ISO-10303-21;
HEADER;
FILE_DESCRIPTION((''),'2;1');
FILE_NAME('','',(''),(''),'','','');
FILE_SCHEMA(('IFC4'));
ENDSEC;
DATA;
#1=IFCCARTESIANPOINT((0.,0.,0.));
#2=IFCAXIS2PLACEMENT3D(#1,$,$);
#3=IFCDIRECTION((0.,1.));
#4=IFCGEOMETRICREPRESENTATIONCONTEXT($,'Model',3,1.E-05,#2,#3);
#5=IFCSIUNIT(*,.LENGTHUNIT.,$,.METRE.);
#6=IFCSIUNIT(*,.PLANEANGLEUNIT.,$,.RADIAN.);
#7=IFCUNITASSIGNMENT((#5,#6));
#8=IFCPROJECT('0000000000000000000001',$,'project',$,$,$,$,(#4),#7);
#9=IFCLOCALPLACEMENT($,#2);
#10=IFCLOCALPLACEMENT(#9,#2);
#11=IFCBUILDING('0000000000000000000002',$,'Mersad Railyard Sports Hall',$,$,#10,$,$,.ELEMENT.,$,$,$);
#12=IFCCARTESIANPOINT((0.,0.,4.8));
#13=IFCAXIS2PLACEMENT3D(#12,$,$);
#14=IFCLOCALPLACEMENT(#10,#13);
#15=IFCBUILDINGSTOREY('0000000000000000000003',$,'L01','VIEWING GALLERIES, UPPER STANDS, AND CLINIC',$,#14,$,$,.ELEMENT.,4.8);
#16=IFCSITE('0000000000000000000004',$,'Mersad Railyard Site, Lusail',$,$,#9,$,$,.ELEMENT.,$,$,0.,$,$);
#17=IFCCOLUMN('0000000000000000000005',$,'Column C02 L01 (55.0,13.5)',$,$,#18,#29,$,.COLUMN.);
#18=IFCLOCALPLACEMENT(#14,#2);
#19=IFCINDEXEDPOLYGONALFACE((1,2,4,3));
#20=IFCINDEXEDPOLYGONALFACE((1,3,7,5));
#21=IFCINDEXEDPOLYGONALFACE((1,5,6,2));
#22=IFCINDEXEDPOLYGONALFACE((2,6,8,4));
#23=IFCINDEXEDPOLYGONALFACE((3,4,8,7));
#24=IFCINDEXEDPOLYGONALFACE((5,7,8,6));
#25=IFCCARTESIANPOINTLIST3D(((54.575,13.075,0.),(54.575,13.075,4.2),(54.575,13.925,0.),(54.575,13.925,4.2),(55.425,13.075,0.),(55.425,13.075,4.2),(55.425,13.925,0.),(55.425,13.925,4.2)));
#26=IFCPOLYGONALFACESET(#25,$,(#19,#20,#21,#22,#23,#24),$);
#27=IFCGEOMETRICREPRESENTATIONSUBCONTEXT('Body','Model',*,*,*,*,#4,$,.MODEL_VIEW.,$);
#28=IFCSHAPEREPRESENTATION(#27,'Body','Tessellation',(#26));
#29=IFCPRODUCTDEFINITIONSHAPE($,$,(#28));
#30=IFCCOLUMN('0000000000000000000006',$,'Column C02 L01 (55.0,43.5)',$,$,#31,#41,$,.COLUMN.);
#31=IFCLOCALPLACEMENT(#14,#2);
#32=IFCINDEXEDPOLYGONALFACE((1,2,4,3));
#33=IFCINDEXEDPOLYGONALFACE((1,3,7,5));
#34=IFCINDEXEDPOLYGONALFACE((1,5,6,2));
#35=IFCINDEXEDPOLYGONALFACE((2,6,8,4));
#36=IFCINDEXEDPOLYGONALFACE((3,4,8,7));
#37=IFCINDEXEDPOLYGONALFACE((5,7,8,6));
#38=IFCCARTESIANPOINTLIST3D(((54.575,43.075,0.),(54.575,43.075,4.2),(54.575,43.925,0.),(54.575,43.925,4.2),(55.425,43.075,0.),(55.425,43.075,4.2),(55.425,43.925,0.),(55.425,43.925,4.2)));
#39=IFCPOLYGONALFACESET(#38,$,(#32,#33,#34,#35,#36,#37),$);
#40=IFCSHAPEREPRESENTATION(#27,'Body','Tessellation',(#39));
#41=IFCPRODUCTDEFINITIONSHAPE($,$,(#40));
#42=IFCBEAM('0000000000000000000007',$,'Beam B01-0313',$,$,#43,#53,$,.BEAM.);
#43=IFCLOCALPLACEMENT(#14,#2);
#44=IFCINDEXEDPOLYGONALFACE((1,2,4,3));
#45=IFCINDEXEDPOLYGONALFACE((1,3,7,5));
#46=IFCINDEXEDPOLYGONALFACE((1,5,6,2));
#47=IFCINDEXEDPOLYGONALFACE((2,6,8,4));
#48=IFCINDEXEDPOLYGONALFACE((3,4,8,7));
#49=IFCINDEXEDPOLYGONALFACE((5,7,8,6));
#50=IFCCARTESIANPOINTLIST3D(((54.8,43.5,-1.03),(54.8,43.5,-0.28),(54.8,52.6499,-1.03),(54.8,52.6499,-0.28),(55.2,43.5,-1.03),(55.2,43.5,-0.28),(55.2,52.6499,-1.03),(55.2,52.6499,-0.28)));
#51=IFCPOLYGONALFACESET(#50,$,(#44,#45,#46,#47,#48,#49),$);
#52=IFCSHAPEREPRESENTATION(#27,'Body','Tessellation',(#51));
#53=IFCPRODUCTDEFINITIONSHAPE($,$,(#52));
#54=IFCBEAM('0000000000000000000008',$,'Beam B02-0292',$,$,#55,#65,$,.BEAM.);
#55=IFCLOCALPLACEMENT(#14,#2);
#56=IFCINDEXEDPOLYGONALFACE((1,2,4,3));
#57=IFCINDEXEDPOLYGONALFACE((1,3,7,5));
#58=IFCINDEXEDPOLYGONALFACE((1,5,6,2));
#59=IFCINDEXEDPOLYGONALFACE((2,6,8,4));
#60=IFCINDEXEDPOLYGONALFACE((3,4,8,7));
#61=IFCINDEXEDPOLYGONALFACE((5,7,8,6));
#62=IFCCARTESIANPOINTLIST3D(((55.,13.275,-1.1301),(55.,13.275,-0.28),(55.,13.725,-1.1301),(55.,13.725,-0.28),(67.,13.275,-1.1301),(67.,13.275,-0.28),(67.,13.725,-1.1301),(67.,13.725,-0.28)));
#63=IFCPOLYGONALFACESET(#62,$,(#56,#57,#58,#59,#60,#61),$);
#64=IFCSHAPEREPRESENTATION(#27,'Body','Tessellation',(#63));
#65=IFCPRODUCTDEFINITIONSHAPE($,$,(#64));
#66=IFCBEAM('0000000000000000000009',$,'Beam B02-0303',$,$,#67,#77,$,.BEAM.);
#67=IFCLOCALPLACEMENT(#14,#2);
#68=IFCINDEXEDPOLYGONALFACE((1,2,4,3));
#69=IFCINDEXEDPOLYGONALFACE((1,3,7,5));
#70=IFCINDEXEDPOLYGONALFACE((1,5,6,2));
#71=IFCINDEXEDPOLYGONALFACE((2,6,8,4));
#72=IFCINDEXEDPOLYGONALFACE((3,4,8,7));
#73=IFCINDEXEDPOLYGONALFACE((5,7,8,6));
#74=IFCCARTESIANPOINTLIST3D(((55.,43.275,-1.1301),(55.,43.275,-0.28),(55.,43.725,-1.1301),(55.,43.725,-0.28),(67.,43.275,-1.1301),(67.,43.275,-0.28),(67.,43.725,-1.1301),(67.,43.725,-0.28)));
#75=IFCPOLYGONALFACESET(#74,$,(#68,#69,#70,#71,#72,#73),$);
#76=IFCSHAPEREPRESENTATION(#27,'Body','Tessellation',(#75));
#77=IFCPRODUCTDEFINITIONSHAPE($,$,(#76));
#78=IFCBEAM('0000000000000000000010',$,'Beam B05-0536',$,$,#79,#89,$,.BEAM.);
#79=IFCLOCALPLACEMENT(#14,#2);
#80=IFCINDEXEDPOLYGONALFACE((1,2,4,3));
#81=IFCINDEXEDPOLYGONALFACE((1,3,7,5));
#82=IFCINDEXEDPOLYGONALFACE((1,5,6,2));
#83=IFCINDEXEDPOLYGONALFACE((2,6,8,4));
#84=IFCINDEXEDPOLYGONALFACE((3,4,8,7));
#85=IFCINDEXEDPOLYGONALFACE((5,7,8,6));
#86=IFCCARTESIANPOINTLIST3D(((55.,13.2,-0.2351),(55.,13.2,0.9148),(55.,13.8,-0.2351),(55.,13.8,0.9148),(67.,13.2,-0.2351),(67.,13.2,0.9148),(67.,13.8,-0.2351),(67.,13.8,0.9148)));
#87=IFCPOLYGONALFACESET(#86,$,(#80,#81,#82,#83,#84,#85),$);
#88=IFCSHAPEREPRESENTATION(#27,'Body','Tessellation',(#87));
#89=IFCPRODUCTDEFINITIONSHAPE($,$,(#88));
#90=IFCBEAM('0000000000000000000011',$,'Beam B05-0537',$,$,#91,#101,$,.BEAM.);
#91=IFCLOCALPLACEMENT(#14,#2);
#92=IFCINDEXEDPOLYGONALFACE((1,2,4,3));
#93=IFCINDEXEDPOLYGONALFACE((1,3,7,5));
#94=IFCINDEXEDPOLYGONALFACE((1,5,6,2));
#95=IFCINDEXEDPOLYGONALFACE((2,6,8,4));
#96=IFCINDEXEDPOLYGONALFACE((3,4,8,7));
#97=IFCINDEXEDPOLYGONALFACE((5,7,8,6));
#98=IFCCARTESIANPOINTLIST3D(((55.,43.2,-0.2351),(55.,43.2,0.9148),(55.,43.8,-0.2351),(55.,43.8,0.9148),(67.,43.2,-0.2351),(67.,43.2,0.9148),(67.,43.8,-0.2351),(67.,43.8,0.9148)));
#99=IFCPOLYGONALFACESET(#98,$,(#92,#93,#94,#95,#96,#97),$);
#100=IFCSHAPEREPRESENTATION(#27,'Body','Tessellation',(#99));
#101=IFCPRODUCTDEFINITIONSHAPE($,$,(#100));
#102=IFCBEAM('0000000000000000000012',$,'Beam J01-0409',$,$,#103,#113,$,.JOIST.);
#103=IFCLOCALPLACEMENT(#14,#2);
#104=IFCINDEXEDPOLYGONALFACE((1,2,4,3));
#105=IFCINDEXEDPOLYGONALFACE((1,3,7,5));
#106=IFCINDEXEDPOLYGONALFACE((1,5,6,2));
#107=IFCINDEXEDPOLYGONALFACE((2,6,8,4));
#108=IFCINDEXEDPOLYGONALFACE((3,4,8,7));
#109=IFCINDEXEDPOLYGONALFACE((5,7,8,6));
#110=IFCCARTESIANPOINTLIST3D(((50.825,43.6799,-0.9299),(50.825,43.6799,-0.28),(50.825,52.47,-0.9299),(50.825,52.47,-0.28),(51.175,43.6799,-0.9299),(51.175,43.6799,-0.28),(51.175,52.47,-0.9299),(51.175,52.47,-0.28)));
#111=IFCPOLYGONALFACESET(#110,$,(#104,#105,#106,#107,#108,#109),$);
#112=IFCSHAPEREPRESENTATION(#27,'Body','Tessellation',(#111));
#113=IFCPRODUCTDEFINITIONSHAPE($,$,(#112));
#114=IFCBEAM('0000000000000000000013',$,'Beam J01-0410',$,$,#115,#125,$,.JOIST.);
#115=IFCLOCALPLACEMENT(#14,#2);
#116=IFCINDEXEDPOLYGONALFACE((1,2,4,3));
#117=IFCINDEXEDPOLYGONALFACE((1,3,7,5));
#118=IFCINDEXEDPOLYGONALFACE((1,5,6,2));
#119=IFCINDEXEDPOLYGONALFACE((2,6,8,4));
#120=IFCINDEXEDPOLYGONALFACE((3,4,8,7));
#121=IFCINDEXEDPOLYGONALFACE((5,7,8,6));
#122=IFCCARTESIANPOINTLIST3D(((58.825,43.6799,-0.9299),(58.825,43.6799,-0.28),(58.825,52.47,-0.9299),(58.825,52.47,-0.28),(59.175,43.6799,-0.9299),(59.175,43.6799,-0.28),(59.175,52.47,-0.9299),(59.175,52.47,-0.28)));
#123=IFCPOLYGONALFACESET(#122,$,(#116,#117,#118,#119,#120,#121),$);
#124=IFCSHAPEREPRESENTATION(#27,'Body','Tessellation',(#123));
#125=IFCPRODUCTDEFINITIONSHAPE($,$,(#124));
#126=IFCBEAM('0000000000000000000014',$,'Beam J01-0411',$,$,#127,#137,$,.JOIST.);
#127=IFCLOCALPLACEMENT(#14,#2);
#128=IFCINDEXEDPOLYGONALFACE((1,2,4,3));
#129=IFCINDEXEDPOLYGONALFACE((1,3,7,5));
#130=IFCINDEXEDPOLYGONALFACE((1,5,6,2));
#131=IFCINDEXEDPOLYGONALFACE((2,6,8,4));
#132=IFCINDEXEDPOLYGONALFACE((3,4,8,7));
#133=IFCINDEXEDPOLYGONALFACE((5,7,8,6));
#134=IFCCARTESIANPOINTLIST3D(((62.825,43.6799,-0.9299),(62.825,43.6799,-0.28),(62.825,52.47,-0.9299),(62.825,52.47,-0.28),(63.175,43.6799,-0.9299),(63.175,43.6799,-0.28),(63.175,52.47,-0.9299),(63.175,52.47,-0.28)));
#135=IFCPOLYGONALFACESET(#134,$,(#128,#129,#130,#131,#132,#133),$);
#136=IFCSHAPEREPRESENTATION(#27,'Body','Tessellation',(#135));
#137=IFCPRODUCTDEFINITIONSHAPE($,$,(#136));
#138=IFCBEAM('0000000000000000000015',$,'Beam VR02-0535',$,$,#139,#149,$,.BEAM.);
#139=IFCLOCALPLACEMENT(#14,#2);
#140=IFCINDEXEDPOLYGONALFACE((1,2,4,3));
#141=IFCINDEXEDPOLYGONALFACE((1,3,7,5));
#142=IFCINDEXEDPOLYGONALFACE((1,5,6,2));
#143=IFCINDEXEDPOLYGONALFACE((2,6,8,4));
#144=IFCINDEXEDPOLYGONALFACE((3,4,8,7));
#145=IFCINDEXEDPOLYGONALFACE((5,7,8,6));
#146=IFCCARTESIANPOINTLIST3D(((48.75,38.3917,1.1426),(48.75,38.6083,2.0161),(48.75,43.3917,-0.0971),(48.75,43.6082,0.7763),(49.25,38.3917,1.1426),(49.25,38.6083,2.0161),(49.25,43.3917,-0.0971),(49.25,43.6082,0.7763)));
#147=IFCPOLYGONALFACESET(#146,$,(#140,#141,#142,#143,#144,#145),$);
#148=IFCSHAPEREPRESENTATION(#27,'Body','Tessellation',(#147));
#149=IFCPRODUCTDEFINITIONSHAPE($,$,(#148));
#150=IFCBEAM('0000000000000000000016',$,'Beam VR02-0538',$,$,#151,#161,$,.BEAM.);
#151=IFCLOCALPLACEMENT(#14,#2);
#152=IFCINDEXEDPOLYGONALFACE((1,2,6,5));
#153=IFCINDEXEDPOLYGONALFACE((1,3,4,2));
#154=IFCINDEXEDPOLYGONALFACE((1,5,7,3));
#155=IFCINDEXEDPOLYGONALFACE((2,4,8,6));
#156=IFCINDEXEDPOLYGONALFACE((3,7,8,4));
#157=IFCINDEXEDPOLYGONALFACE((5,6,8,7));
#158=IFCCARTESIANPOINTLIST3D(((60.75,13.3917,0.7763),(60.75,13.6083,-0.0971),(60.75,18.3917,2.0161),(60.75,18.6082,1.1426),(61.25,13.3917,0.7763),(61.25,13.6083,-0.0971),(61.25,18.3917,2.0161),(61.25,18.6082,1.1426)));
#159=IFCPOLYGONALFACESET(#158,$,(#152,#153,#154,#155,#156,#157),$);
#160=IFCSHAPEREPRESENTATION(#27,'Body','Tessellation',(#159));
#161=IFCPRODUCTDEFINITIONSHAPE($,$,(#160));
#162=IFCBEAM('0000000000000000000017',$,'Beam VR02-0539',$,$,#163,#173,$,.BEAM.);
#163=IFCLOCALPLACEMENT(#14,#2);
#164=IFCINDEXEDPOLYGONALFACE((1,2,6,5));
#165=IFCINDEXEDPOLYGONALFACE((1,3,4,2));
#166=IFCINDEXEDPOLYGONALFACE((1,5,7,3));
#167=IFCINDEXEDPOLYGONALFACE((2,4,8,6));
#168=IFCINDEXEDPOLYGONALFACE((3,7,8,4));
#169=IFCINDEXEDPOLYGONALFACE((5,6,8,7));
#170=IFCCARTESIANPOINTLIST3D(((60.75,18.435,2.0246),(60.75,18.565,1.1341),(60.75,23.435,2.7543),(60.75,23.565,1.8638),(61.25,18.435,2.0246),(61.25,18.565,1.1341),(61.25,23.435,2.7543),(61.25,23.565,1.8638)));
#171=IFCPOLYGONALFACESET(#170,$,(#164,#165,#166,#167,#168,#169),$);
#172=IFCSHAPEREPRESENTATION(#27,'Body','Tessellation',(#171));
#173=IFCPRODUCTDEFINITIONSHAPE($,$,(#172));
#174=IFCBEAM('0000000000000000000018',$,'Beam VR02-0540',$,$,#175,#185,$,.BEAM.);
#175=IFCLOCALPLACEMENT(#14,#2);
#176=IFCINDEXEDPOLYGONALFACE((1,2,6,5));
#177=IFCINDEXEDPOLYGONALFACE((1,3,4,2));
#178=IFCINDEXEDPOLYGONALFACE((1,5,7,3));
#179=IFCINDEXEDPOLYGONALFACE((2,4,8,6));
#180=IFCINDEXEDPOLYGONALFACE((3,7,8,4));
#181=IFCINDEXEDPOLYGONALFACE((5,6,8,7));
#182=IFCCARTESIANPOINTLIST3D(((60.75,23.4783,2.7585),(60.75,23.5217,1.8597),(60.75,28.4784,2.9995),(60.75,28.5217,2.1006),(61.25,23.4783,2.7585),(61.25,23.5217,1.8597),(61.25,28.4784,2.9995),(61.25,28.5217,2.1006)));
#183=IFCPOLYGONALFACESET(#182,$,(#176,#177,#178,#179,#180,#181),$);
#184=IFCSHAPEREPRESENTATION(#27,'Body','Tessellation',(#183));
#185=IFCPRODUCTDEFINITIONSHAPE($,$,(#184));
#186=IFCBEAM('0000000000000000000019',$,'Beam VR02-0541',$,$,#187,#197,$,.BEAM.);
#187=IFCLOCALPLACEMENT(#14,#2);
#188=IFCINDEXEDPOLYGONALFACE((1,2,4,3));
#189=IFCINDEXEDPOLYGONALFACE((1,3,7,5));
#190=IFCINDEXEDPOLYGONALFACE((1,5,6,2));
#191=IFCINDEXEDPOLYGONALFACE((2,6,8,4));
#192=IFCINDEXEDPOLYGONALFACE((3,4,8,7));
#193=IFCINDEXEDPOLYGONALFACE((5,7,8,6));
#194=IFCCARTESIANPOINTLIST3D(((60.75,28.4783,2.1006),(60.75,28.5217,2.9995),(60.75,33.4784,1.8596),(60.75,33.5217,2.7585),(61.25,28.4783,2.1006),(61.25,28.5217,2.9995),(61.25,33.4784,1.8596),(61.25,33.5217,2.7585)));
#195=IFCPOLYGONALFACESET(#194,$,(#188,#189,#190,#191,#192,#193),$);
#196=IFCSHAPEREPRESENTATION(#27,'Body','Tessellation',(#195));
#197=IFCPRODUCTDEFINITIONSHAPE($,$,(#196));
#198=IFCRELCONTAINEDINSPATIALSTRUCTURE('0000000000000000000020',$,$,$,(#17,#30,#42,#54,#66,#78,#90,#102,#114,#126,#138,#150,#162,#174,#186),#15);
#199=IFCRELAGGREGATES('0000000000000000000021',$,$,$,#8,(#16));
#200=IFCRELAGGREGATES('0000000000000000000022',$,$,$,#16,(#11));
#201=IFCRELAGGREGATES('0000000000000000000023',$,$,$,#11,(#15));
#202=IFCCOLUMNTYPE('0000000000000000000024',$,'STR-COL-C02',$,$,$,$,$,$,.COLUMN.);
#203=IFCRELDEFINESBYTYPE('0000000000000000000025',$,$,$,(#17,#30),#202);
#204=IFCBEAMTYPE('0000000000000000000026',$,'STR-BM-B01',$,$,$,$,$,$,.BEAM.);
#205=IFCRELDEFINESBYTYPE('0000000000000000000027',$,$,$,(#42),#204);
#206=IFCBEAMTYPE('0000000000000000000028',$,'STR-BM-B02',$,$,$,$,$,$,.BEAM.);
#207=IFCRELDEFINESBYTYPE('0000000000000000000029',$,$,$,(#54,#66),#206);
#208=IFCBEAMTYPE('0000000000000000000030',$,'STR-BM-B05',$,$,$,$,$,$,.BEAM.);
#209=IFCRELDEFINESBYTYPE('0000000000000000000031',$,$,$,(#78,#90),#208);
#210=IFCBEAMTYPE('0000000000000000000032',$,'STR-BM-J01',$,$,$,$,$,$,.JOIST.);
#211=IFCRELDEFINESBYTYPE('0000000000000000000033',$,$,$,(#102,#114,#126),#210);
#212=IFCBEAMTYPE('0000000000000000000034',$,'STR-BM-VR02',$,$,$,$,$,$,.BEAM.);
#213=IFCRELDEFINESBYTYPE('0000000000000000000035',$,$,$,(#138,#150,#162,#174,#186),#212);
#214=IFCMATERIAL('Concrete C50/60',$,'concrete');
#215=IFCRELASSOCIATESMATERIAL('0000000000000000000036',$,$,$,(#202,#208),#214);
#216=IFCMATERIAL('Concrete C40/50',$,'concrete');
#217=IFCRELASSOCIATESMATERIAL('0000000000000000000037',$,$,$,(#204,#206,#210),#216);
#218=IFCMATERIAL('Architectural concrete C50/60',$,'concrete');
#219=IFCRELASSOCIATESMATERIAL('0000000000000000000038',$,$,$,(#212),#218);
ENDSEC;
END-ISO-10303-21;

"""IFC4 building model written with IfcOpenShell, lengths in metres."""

from ifc_helpers import new_model, si_unit, direction, frame, origin, origin_2d, place, context, subcontext, project, spatial, rectangle, extrude, material, material_profile, profile_set, type_object, element, save


model = new_model("IFC4")

# Units and contexts
model_context = context("Model", 3, precision=1e-05, world=origin(), true_north=direction((0.0, 1.0)))
body_context = subcontext(model_context, "Body", "Model", "MODEL_VIEW")
ifc_project = project(units=[si_unit("LENGTHUNIT", "METRE"), si_unit("PLANEANGLEUNIT", "RADIAN")], contexts=[model_context])

# Site, building, storey
site_placement = place(None, origin())
site = spatial("IfcSite", under=ifc_project, at=site_placement, Name="Mersad Railyard Site, Lusail", CompositionType="ELEMENT", RefElevation=0.0)
building_placement = place(site_placement, origin())
building = spatial("IfcBuilding", under=site, at=building_placement, Name="Mersad Railyard Sports Hall", CompositionType="ELEMENT")
storey_placement = place(building_placement, frame((0.0, 0.0, 4.8)))
storey = spatial("IfcBuildingStorey", under=building, at=storey_placement, Name="L01", Description="VIEWING GALLERIES, UPPER STANDS, AND CLINIC", CompositionType="ELEMENT", Elevation=4.8)

# Columns
ifc_material_1 = material(Name="Concrete C50/60", Category="concrete")
ifc_material_profile_1 = material_profile(ifc_material_1, rectangle(XDim=0.8501, YDim=0.8501, at=origin_2d()), Name="RC 850x850")
ifc_profile_set_1 = profile_set([ifc_material_profile_1], Name="Concrete C50/60")
column_type = type_object("IfcColumnType", Name="STR-COL-C02", PredefinedType="COLUMN", material=ifc_profile_set_1)
for number, where, z_axis, x_axis, name in (
    (1, (55.0, 13.5, 0.0), (0.0, 0.0, 1.0), (1.0, 0.0, 0.0), "Column C02 L01 (55.0,13.5)"),
    (2, (55.0, 43.5, 0.0), (0.0, 0.0, 1.0), (1.0, 0.0, 0.0), "Column C02 L01 (55.0,43.5)"),
):
    element("IfcColumn", number, at=place(storey_placement, frame(where, z_axis=z_axis, x_axis=x_axis)), inside=storey, type_object=column_type, Name=name, PredefinedType="COLUMN", context=body_context, shape_type="SweptSolid", body=[
        extrude(rectangle(XDim=0.8501, YDim=0.8501, at=origin_2d()), origin(), (0.0, 0.0, 1.0), 4.2),
    ])

# Beams
ifc_material_2 = material(Name="Concrete C40/50", Category="concrete")
ifc_material_profile_2 = material_profile(ifc_material_2, rectangle(XDim=0.3999, YDim=0.75, at=origin_2d()), Name="RC 400x750")
ifc_profile_set_2 = profile_set([ifc_material_profile_2], Name="Concrete C40/50")
beam_type_1 = type_object("IfcBeamType", Name="STR-BM-B01", PredefinedType="BEAM", material=ifc_profile_set_2)
beam_1_placement = place(storey_placement, frame((55.0, 43.5, -0.655), z_axis=(0.0, 1.0, 0.0), x_axis=(-1.0, 0.0, 0.0)))
element("IfcBeam", 3, at=beam_1_placement, inside=storey, type_object=beam_type_1, Name="Beam B01-0313", PredefinedType="BEAM", context=body_context, shape_type="SweptSolid", body=[
    extrude(rectangle(XDim=0.3999, YDim=0.75, at=origin_2d()), origin(), (0.0, 0.0, 1.0), 9.1499),
])
ifc_material_profile_3 = material_profile(ifc_material_2, rectangle(XDim=0.45, YDim=0.8501, at=origin_2d()), Name="RC 450x850")
ifc_profile_set_3 = profile_set([ifc_material_profile_3], Name="Concrete C40/50")
beam_type_2 = type_object("IfcBeamType", Name="STR-BM-B02", PredefinedType="BEAM", material=ifc_profile_set_3)
for number, where, z_axis, x_axis, name in (
    (4, (55.0, 13.5, -0.7051), (1.0, 0.0, 0.0), (0.0, 1.0, 0.0), "Beam B02-0292"),
    (5, (55.0, 43.5, -0.7051), (1.0, 0.0, 0.0), (0.0, 1.0, 0.0), "Beam B02-0303"),
):
    element("IfcBeam", number, at=place(storey_placement, frame(where, z_axis=z_axis, x_axis=x_axis)), inside=storey, type_object=beam_type_2, Name=name, PredefinedType="BEAM", context=body_context, shape_type="SweptSolid", body=[
        extrude(rectangle(XDim=0.45, YDim=0.8501, at=origin_2d()), origin(), (0.0, 0.0, 1.0), 12.0),
    ])
ifc_material_profile_4 = material_profile(ifc_material_1, rectangle(XDim=0.6001, YDim=1.1499, at=origin_2d()), Name="RC 600x1150")
ifc_profile_set_4 = profile_set([ifc_material_profile_4], Name="Concrete C50/60")
beam_type_3 = type_object("IfcBeamType", Name="STR-BM-B05", PredefinedType="BEAM", material=ifc_profile_set_4)
for number, where, z_axis, x_axis, name in (
    (6, (55.0, 13.5, 0.3398), (1.0, 0.0, 0.0), (0.0, 1.0, 0.0), "Beam B05-0536"),
    (7, (55.0, 43.5, 0.3398), (1.0, 0.0, 0.0), (0.0, 1.0, 0.0), "Beam B05-0537"),
):
    element("IfcBeam", number, at=place(storey_placement, frame(where, z_axis=z_axis, x_axis=x_axis)), inside=storey, type_object=beam_type_3, Name=name, PredefinedType="BEAM", context=body_context, shape_type="SweptSolid", body=[
        extrude(rectangle(XDim=0.6001, YDim=1.1499, at=origin_2d()), origin(), (0.0, 0.0, 1.0), 12.0),
    ])
ifc_material_profile_5 = material_profile(ifc_material_2, rectangle(XDim=0.3501, YDim=0.6499, at=origin_2d()), Name="RC 350x650")
ifc_profile_set_5 = profile_set([ifc_material_profile_5], Name="Concrete C40/50")
beam_type_4 = type_object("IfcBeamType", Name="STR-BM-J01", PredefinedType="JOIST", material=ifc_profile_set_5)
for number, where, z_axis, x_axis, name in (
    (8, (51.0, 43.6799, -0.605), (0.0, 1.0, 0.0), (-1.0, 0.0, 0.0), "Beam J01-0409"),
    (9, (59.0, 43.6799, -0.605), (0.0, 1.0, 0.0), (-1.0, 0.0, 0.0), "Beam J01-0410"),
    (10, (63.0, 43.6799, -0.605), (0.0, 1.0, 0.0), (-1.0, 0.0, 0.0), "Beam J01-0411"),
):
    element("IfcBeam", number, at=place(storey_placement, frame(where, z_axis=z_axis, x_axis=x_axis)), inside=storey, type_object=beam_type_4, Name=name, PredefinedType="JOIST", context=body_context, shape_type="SweptSolid", body=[
        extrude(rectangle(XDim=0.3501, YDim=0.6499, at=origin_2d()), origin(), (0.0, 0.0, 1.0), 8.79),
    ])
ifc_material_3 = material(Name="Architectural concrete C50/60", Category="concrete")
ifc_material_profile_6 = material_profile(ifc_material_3, rectangle(XDim=0.5, YDim=0.8999, at=origin_2d()), Name="VR 500x900")
ifc_profile_set_6 = profile_set([ifc_material_profile_6], Name="Architectural concrete C50/60")
beam_type_5 = type_object("IfcBeamType", Name="STR-BM-VR02", PredefinedType="BEAM", material=ifc_profile_set_6)
for number, where, z_axis, x_axis, name in (
    (11, (49.0, 38.5, 1.5793), (0.0, 0.970609, -0.240662), (-1.0, 0.0, 0.0), "Beam VR02-0535"),
    (12, (61.0, 13.5, 0.3396), (0.0, 0.970609, 0.240662), (-1.0, 0.0, 0.0), "Beam VR02-0538"),
):
    element("IfcBeam", number, at=place(storey_placement, frame(where, z_axis=z_axis, x_axis=x_axis)), inside=storey, type_object=beam_type_5, Name=name, PredefinedType="BEAM", context=body_context, shape_type="SweptSolid", body=[
        extrude(rectangle(XDim=0.5, YDim=0.8999, at=origin_2d()), origin(), (0.0, 0.0, 1.0), 5.1514),
    ])
beam_2_placement = place(storey_placement, frame((61.0, 18.5, 1.5793), z_axis=(0.0, 0.989517, 0.144417), x_axis=(-1.0, 0.0, 0.0)))
element("IfcBeam", 13, at=beam_2_placement, inside=storey, type_object=beam_type_5, Name="Beam VR02-0539", PredefinedType="BEAM", context=body_context, shape_type="SweptSolid", body=[
    extrude(rectangle(XDim=0.5, YDim=0.8999, at=origin_2d()), origin(), (0.0, 0.0, 1.0), 5.053),
])
for number, where, z_axis, x_axis, name in (
    (14, (61.0, 23.5, 2.3091), (0.0, 0.998841, 0.048137), (-1.0, 0.0, 0.0), "Beam VR02-0540"),
    (15, (61.0, 28.5, 2.55), (0.0, 0.998841, -0.048137), (-1.0, 0.0, 0.0), "Beam VR02-0541"),
):
    element("IfcBeam", number, at=place(storey_placement, frame(where, z_axis=z_axis, x_axis=x_axis)), inside=storey, type_object=beam_type_5, Name=name, PredefinedType="BEAM", context=body_context, shape_type="SweptSolid", body=[
        extrude(rectangle(XDim=0.5, YDim=0.8999, at=origin_2d()), origin(), (0.0, 0.0, 1.0), 5.0059),
    ])

save(model, "model.ifc")
